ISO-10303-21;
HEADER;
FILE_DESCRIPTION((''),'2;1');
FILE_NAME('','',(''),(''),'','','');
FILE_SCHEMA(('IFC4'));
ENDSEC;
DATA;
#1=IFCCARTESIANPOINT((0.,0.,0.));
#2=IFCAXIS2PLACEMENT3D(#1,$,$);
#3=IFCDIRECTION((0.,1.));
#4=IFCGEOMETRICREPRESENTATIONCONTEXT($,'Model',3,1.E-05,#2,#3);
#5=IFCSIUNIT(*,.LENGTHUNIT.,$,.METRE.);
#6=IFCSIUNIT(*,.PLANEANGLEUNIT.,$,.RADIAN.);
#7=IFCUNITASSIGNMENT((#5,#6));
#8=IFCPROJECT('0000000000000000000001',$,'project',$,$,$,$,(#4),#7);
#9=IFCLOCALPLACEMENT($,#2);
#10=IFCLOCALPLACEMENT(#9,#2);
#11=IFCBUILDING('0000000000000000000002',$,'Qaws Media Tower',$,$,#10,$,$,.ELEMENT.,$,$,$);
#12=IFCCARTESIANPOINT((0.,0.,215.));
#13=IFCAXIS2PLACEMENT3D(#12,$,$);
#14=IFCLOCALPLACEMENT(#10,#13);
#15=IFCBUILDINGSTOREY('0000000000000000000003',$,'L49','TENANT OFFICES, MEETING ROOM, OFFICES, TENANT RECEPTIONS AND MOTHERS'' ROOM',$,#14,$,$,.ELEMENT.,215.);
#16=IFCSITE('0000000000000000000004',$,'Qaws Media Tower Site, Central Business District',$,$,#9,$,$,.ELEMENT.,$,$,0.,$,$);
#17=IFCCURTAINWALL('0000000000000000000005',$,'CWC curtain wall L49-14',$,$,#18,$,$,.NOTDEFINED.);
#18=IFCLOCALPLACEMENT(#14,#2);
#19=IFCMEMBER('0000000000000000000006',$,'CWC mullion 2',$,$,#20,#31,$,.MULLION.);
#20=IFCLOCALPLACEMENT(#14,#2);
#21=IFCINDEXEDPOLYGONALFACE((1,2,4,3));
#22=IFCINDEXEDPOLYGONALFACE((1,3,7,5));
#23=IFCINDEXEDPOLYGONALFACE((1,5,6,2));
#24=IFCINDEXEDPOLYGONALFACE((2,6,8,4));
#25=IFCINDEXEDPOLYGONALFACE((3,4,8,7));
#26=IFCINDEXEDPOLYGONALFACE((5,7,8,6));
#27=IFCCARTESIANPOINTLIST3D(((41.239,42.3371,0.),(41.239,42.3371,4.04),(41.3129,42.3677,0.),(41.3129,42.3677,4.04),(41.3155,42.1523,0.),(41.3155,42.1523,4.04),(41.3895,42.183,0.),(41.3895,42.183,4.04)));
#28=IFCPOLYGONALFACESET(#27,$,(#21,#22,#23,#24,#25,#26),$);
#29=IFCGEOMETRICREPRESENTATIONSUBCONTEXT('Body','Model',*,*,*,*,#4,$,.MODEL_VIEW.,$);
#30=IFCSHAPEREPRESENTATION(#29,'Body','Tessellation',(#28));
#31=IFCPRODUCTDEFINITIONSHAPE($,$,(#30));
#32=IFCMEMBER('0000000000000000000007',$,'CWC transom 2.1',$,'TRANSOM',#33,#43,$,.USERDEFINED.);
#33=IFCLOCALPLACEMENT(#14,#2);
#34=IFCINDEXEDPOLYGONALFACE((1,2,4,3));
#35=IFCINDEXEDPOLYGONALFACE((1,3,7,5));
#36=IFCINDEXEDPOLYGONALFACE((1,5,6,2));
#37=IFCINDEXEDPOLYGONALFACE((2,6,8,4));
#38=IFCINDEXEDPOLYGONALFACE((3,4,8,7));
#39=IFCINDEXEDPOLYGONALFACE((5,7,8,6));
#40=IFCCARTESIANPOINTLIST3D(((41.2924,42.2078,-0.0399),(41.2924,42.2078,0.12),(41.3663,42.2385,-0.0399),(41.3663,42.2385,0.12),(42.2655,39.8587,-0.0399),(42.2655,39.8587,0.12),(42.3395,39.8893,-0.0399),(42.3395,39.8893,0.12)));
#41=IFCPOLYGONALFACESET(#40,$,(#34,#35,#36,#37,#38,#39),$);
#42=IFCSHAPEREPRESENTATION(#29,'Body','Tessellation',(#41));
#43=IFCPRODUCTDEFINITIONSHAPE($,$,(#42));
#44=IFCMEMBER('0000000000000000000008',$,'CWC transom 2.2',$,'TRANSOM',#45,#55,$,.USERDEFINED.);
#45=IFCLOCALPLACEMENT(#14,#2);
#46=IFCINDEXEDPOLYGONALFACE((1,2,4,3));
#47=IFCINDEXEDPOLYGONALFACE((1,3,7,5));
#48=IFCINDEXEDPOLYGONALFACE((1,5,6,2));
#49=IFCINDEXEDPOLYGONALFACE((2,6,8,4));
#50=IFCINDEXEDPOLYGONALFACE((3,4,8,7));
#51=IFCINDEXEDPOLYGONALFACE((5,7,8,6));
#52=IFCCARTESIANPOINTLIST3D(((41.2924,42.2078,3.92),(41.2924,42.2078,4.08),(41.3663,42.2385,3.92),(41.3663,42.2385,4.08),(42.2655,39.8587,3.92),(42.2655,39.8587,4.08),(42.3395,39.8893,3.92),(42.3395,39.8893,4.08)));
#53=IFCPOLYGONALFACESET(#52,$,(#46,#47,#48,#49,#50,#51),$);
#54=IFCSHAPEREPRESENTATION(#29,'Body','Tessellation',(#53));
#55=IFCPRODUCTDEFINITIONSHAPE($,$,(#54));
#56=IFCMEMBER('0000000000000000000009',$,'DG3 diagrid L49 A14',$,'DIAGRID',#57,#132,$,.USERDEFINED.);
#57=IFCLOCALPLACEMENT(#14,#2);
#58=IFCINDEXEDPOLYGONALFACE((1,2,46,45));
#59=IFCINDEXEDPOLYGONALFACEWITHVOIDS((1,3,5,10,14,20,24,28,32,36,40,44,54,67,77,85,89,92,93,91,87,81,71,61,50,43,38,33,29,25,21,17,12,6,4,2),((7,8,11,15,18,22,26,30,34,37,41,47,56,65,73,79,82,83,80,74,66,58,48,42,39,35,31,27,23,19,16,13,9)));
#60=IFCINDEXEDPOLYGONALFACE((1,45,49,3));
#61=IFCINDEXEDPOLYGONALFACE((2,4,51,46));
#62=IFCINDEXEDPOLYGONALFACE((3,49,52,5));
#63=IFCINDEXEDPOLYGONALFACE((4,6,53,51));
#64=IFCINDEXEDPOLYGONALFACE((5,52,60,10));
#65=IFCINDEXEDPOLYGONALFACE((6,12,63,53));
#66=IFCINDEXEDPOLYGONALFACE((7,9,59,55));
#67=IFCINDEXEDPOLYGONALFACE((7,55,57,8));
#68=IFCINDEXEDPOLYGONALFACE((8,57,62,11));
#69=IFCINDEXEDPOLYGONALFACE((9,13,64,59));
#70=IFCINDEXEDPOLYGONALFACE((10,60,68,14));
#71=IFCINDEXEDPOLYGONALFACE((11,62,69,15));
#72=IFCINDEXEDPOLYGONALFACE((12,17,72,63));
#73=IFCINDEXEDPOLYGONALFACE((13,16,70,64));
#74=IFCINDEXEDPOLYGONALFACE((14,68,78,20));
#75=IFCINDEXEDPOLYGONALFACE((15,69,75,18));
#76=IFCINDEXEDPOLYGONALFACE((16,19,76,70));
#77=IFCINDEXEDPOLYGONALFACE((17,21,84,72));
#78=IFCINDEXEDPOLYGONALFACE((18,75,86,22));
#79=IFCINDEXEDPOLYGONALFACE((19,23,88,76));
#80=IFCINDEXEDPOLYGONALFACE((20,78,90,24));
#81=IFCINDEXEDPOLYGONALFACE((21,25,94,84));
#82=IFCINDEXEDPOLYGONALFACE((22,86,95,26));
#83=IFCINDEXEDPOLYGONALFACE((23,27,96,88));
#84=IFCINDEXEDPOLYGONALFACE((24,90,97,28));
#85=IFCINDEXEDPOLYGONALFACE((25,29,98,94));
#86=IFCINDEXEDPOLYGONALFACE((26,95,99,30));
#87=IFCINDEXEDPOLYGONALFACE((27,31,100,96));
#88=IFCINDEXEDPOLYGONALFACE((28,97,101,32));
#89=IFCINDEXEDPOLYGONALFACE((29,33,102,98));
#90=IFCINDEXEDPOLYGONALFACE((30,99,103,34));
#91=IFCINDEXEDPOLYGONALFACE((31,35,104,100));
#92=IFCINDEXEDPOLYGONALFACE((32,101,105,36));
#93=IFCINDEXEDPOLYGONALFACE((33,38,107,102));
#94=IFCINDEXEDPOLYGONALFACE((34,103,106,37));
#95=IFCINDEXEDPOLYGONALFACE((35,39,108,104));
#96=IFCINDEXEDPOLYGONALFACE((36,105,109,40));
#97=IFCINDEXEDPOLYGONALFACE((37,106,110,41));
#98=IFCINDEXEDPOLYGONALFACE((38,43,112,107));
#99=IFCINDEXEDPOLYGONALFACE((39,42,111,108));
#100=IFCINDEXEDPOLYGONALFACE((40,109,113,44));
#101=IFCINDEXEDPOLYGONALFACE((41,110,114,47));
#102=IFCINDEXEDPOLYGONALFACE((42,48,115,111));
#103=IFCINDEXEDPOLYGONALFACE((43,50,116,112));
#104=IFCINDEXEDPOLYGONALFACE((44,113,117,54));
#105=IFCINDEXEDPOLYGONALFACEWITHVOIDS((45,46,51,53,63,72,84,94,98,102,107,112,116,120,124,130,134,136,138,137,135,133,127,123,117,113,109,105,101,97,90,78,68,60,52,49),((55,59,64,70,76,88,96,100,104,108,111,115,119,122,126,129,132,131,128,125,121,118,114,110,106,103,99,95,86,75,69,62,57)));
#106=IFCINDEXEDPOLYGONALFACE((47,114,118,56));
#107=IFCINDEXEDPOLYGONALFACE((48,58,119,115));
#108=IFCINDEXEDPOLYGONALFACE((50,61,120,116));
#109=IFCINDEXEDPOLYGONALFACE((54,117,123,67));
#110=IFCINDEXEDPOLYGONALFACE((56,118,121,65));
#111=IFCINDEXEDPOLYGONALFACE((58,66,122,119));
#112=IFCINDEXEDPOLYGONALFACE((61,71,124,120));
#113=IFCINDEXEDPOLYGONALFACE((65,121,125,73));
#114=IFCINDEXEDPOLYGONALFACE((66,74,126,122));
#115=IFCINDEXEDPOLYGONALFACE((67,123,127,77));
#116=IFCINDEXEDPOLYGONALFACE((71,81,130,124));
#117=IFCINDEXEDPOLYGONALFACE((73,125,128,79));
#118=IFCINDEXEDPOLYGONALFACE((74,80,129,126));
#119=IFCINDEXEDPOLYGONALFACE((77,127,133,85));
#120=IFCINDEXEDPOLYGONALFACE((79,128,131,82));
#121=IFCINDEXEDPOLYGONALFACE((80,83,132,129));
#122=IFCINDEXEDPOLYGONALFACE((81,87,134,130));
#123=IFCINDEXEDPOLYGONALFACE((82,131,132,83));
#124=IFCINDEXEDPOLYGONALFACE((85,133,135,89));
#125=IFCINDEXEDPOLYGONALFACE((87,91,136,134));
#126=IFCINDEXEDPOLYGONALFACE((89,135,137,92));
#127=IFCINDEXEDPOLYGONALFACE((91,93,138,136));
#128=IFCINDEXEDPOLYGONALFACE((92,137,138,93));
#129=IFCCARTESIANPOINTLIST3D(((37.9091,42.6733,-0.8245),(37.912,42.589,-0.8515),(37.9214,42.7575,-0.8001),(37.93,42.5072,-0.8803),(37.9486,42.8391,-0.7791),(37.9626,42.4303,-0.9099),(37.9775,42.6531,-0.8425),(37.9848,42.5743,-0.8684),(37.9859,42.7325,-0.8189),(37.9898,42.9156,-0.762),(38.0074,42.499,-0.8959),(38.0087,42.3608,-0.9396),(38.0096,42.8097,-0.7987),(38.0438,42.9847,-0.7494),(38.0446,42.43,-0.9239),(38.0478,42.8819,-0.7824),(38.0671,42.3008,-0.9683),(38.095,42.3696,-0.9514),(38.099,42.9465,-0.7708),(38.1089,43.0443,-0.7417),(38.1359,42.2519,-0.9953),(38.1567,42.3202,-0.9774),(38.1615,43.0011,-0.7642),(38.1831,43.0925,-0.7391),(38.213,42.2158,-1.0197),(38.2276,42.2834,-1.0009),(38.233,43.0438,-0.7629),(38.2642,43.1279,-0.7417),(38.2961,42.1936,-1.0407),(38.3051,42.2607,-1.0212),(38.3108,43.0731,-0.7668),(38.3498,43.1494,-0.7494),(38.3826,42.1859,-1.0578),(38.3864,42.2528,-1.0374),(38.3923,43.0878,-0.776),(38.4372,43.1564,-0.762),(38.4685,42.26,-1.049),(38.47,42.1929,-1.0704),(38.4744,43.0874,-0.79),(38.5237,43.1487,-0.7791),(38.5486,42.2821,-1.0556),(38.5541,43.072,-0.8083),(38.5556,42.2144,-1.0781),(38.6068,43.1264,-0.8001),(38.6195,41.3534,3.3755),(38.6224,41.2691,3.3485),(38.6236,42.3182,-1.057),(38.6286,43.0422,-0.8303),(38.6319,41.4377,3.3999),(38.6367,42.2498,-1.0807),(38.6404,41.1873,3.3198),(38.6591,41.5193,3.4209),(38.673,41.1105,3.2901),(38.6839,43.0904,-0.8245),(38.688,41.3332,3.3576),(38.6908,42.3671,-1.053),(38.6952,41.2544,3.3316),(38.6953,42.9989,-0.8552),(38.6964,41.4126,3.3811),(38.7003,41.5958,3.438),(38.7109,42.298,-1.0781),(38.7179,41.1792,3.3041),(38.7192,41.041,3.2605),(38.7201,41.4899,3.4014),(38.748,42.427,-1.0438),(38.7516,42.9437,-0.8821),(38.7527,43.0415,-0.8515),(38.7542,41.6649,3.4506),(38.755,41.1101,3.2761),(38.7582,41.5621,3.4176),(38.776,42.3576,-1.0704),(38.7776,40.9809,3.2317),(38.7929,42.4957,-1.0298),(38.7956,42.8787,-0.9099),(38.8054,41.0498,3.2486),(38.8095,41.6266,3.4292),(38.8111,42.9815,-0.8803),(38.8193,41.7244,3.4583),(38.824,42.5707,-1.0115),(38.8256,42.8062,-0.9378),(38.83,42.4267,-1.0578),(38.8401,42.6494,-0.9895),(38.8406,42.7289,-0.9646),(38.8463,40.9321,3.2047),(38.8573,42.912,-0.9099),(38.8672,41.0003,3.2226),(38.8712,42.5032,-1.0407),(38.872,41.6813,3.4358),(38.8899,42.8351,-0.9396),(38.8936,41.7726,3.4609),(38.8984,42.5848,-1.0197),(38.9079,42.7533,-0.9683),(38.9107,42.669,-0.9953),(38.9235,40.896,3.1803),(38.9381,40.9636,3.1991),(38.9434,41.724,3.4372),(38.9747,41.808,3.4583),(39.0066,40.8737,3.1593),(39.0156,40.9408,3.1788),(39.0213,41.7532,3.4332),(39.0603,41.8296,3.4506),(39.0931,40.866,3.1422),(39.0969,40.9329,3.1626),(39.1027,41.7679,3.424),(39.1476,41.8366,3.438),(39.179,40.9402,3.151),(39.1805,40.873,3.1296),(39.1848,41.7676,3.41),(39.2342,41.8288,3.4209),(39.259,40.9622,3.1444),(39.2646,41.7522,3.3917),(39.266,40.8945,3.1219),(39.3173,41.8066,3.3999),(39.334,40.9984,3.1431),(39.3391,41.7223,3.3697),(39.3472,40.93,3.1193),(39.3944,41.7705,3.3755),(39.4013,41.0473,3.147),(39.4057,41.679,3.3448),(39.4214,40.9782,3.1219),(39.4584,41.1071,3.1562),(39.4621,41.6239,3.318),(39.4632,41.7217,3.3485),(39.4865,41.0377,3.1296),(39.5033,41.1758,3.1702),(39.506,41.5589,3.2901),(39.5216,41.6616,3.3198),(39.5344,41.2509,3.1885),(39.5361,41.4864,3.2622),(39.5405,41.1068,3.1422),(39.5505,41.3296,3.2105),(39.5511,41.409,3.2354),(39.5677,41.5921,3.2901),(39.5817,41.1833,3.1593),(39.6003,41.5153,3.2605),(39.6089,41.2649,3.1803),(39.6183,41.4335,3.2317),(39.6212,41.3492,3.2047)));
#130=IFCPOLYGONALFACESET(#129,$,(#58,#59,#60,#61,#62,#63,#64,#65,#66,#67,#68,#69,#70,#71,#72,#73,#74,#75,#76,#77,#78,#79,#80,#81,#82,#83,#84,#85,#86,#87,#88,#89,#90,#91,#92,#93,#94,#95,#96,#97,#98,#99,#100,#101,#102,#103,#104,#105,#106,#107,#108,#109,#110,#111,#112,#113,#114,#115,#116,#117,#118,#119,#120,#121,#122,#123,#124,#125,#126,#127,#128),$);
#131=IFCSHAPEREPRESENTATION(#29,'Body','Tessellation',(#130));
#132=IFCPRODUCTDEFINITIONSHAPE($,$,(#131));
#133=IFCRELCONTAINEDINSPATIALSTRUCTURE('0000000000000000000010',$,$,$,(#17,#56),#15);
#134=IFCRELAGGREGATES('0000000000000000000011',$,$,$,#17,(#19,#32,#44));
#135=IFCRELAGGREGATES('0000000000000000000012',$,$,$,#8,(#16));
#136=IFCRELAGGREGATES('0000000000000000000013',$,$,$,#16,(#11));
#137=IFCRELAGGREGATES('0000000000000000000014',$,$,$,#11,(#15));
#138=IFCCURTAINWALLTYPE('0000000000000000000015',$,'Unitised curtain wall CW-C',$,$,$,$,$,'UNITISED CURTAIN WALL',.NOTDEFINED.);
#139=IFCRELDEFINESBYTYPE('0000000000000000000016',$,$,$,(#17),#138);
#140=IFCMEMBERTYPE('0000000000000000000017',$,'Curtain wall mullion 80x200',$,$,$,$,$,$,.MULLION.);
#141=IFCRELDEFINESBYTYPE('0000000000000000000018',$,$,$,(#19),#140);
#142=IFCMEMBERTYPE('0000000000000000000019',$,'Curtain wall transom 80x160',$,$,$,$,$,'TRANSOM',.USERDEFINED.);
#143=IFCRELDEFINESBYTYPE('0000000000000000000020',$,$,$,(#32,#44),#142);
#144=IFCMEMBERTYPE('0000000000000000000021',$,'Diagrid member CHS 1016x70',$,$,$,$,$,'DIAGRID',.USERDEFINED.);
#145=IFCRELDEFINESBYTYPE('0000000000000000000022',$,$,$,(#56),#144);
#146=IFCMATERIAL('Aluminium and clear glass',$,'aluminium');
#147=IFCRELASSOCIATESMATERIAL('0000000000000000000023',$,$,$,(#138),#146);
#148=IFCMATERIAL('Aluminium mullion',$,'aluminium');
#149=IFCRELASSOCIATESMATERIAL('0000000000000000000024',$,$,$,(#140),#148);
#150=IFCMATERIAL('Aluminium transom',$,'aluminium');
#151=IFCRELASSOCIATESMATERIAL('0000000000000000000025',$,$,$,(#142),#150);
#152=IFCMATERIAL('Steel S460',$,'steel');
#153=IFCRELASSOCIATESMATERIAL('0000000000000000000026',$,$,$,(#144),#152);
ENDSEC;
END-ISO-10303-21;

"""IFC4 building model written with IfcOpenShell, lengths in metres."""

from ifc_helpers import new_model, si_unit, direction, frame, origin, origin_2d, place, context, subcontext, project, spatial, rectangle, hollow_circle, extrude, material, material_profile, profile_set, type_object, element, aggregate, save


model = new_model("IFC4")

# Units and contexts
model_context = context("Model", 3, precision=1e-05, world=origin(), true_north=direction((0.0, 1.0)))
body_context = subcontext(model_context, "Body", "Model", "MODEL_VIEW")
ifc_project = project(units=[si_unit("LENGTHUNIT", "METRE"), si_unit("PLANEANGLEUNIT", "RADIAN")], contexts=[model_context])

# Site, building, storey
site_placement = place(None, origin())
site = spatial("IfcSite", under=ifc_project, at=site_placement, Name="Qaws Media Tower Site, Central Business District", CompositionType="ELEMENT", RefElevation=0.0)
building_placement = place(site_placement, origin())
building = spatial("IfcBuilding", under=site, at=building_placement, Name="Qaws Media Tower", CompositionType="ELEMENT")
storey_placement = place(building_placement, frame((0.0, 0.0, 215.0)))
storey = spatial("IfcBuildingStorey", under=building, at=storey_placement, Name="L49", Description="TENANT OFFICES, MEETING ROOM, OFFICES, TENANT RECEPTIONS AND MOTHERS' ROOM", CompositionType="ELEMENT", Elevation=215.0)

# Curtain wall, members
ifc_material_1 = material(Name="Aluminium and clear glass", Category="aluminium")
curtain_wall_type = type_object("IfcCurtainWallType", Name="Unitised curtain wall CW-C", ElementType="UNITISED CURTAIN WALL", PredefinedType="NOTDEFINED", material=ifc_material_1)
curtain_wall_placement = place(storey_placement, origin())
curtain_wall = element("IfcCurtainWall", 1, at=curtain_wall_placement, inside=storey, type_object=curtain_wall_type, Name="CWC curtain wall L49-14", PredefinedType="NOTDEFINED")
ifc_material_2 = material(Name="Aluminium mullion", Category="aluminium")
ifc_material_profile_1 = material_profile(ifc_material_2, rectangle(XDim=0.0801, YDim=0.2, at=origin_2d()), Name="80x200")
ifc_profile_set_1 = profile_set([ifc_material_profile_1], Name="Aluminium mullion")
member_type_1 = type_object("IfcMemberType", Name="Curtain wall mullion 80x200", PredefinedType="MULLION", material=ifc_profile_set_1)
member_1_placement = place(storey_placement, frame((41.3142, 42.26, 0.0), z_axis=(0.0, 0.0, 1.0), x_axis=(0.923879, 0.382684, 0.0)))
member_1 = element("IfcMember", 2, at=member_1_placement, type_object=member_type_1, Name="CWC mullion 2", PredefinedType="MULLION", context=body_context, shape_type="SweptSolid", body=[
    extrude(rectangle(XDim=0.0801, YDim=0.2, at=origin_2d()), origin(), (0.0, 0.0, 1.0), 4.04),
])
ifc_material_3 = material(Name="Aluminium transom", Category="aluminium")
ifc_material_profile_2 = material_profile(ifc_material_3, rectangle(XDim=0.0801, YDim=0.1599, at=origin_2d()), Name="80x160")
ifc_profile_set_2 = profile_set([ifc_material_profile_2], Name="Aluminium transom")
member_type_2 = type_object("IfcMemberType", Name="Curtain wall transom 80x160", ElementType="TRANSOM", PredefinedType="USERDEFINED", material=ifc_profile_set_2)
member_2_placement = place(storey_placement, frame((41.3293, 42.2231, 0.04), z_axis=(0.382719, -0.923865, 0.0), x_axis=(0.923865, 0.382719, 0.0)))
member_2 = element("IfcMember", 3, at=member_2_placement, type_object=member_type_2, Name="CWC transom 2.1", ObjectType="TRANSOM", PredefinedType="USERDEFINED", context=body_context, shape_type="SweptSolid", body=[
    extrude(rectangle(XDim=0.0801, YDim=0.1599, at=origin_2d()), origin(), (0.0, 0.0, 1.0), 2.5427),
])
member_3_placement = place(storey_placement, frame((41.3293, 42.2231, 4.0), z_axis=(0.382719, -0.923865, 0.0), x_axis=(0.923865, 0.382719, 0.0)))
member_3 = element("IfcMember", 4, at=member_3_placement, type_object=member_type_2, Name="CWC transom 2.2", ObjectType="TRANSOM", PredefinedType="USERDEFINED", context=body_context, shape_type="SweptSolid", body=[
    extrude(rectangle(XDim=0.0801, YDim=0.1599, at=origin_2d()), origin(), (0.0, 0.0, 1.0), 2.5427),
])

# Member
ifc_material_4 = material(Name="Steel S460", Category="steel")
ifc_material_profile_3 = material_profile(ifc_material_4, hollow_circle(Radius=0.5081, WallThickness=0.0701, at=origin_2d()), Name="CHS 1016x70")
ifc_profile_set_3 = profile_set([ifc_material_profile_3], Name="Steel S460")
member_type_3 = type_object("IfcMemberType", Name="Diagrid member CHS 1016x70", ElementType="DIAGRID", PredefinedType="USERDEFINED", material=ifc_profile_set_3)
for number, where, z_axis, x_axis, name in (
    (5, (38.4099, 42.6711, -0.9099), (0.159315, -0.295964, 0.941819), (0.880534, 0.473983, 0.0), "DG3 diagrid L49 A14"),
):
    element("IfcMember", number, at=place(storey_placement, frame(where, z_axis=z_axis, x_axis=x_axis)), inside=storey, type_object=member_type_3, Name=name, ObjectType="DIAGRID", PredefinedType="USERDEFINED", context=body_context, shape_type="SweptSolid", body=[
        extrude(hollow_circle(Radius=0.5081, WallThickness=0.0701, at=origin_2d()), origin(), (0.0, 0.0, 1.0), 4.4595),
    ])

aggregate(curtain_wall, [member_1, member_2, member_3])

save(model, "model.ifc")
